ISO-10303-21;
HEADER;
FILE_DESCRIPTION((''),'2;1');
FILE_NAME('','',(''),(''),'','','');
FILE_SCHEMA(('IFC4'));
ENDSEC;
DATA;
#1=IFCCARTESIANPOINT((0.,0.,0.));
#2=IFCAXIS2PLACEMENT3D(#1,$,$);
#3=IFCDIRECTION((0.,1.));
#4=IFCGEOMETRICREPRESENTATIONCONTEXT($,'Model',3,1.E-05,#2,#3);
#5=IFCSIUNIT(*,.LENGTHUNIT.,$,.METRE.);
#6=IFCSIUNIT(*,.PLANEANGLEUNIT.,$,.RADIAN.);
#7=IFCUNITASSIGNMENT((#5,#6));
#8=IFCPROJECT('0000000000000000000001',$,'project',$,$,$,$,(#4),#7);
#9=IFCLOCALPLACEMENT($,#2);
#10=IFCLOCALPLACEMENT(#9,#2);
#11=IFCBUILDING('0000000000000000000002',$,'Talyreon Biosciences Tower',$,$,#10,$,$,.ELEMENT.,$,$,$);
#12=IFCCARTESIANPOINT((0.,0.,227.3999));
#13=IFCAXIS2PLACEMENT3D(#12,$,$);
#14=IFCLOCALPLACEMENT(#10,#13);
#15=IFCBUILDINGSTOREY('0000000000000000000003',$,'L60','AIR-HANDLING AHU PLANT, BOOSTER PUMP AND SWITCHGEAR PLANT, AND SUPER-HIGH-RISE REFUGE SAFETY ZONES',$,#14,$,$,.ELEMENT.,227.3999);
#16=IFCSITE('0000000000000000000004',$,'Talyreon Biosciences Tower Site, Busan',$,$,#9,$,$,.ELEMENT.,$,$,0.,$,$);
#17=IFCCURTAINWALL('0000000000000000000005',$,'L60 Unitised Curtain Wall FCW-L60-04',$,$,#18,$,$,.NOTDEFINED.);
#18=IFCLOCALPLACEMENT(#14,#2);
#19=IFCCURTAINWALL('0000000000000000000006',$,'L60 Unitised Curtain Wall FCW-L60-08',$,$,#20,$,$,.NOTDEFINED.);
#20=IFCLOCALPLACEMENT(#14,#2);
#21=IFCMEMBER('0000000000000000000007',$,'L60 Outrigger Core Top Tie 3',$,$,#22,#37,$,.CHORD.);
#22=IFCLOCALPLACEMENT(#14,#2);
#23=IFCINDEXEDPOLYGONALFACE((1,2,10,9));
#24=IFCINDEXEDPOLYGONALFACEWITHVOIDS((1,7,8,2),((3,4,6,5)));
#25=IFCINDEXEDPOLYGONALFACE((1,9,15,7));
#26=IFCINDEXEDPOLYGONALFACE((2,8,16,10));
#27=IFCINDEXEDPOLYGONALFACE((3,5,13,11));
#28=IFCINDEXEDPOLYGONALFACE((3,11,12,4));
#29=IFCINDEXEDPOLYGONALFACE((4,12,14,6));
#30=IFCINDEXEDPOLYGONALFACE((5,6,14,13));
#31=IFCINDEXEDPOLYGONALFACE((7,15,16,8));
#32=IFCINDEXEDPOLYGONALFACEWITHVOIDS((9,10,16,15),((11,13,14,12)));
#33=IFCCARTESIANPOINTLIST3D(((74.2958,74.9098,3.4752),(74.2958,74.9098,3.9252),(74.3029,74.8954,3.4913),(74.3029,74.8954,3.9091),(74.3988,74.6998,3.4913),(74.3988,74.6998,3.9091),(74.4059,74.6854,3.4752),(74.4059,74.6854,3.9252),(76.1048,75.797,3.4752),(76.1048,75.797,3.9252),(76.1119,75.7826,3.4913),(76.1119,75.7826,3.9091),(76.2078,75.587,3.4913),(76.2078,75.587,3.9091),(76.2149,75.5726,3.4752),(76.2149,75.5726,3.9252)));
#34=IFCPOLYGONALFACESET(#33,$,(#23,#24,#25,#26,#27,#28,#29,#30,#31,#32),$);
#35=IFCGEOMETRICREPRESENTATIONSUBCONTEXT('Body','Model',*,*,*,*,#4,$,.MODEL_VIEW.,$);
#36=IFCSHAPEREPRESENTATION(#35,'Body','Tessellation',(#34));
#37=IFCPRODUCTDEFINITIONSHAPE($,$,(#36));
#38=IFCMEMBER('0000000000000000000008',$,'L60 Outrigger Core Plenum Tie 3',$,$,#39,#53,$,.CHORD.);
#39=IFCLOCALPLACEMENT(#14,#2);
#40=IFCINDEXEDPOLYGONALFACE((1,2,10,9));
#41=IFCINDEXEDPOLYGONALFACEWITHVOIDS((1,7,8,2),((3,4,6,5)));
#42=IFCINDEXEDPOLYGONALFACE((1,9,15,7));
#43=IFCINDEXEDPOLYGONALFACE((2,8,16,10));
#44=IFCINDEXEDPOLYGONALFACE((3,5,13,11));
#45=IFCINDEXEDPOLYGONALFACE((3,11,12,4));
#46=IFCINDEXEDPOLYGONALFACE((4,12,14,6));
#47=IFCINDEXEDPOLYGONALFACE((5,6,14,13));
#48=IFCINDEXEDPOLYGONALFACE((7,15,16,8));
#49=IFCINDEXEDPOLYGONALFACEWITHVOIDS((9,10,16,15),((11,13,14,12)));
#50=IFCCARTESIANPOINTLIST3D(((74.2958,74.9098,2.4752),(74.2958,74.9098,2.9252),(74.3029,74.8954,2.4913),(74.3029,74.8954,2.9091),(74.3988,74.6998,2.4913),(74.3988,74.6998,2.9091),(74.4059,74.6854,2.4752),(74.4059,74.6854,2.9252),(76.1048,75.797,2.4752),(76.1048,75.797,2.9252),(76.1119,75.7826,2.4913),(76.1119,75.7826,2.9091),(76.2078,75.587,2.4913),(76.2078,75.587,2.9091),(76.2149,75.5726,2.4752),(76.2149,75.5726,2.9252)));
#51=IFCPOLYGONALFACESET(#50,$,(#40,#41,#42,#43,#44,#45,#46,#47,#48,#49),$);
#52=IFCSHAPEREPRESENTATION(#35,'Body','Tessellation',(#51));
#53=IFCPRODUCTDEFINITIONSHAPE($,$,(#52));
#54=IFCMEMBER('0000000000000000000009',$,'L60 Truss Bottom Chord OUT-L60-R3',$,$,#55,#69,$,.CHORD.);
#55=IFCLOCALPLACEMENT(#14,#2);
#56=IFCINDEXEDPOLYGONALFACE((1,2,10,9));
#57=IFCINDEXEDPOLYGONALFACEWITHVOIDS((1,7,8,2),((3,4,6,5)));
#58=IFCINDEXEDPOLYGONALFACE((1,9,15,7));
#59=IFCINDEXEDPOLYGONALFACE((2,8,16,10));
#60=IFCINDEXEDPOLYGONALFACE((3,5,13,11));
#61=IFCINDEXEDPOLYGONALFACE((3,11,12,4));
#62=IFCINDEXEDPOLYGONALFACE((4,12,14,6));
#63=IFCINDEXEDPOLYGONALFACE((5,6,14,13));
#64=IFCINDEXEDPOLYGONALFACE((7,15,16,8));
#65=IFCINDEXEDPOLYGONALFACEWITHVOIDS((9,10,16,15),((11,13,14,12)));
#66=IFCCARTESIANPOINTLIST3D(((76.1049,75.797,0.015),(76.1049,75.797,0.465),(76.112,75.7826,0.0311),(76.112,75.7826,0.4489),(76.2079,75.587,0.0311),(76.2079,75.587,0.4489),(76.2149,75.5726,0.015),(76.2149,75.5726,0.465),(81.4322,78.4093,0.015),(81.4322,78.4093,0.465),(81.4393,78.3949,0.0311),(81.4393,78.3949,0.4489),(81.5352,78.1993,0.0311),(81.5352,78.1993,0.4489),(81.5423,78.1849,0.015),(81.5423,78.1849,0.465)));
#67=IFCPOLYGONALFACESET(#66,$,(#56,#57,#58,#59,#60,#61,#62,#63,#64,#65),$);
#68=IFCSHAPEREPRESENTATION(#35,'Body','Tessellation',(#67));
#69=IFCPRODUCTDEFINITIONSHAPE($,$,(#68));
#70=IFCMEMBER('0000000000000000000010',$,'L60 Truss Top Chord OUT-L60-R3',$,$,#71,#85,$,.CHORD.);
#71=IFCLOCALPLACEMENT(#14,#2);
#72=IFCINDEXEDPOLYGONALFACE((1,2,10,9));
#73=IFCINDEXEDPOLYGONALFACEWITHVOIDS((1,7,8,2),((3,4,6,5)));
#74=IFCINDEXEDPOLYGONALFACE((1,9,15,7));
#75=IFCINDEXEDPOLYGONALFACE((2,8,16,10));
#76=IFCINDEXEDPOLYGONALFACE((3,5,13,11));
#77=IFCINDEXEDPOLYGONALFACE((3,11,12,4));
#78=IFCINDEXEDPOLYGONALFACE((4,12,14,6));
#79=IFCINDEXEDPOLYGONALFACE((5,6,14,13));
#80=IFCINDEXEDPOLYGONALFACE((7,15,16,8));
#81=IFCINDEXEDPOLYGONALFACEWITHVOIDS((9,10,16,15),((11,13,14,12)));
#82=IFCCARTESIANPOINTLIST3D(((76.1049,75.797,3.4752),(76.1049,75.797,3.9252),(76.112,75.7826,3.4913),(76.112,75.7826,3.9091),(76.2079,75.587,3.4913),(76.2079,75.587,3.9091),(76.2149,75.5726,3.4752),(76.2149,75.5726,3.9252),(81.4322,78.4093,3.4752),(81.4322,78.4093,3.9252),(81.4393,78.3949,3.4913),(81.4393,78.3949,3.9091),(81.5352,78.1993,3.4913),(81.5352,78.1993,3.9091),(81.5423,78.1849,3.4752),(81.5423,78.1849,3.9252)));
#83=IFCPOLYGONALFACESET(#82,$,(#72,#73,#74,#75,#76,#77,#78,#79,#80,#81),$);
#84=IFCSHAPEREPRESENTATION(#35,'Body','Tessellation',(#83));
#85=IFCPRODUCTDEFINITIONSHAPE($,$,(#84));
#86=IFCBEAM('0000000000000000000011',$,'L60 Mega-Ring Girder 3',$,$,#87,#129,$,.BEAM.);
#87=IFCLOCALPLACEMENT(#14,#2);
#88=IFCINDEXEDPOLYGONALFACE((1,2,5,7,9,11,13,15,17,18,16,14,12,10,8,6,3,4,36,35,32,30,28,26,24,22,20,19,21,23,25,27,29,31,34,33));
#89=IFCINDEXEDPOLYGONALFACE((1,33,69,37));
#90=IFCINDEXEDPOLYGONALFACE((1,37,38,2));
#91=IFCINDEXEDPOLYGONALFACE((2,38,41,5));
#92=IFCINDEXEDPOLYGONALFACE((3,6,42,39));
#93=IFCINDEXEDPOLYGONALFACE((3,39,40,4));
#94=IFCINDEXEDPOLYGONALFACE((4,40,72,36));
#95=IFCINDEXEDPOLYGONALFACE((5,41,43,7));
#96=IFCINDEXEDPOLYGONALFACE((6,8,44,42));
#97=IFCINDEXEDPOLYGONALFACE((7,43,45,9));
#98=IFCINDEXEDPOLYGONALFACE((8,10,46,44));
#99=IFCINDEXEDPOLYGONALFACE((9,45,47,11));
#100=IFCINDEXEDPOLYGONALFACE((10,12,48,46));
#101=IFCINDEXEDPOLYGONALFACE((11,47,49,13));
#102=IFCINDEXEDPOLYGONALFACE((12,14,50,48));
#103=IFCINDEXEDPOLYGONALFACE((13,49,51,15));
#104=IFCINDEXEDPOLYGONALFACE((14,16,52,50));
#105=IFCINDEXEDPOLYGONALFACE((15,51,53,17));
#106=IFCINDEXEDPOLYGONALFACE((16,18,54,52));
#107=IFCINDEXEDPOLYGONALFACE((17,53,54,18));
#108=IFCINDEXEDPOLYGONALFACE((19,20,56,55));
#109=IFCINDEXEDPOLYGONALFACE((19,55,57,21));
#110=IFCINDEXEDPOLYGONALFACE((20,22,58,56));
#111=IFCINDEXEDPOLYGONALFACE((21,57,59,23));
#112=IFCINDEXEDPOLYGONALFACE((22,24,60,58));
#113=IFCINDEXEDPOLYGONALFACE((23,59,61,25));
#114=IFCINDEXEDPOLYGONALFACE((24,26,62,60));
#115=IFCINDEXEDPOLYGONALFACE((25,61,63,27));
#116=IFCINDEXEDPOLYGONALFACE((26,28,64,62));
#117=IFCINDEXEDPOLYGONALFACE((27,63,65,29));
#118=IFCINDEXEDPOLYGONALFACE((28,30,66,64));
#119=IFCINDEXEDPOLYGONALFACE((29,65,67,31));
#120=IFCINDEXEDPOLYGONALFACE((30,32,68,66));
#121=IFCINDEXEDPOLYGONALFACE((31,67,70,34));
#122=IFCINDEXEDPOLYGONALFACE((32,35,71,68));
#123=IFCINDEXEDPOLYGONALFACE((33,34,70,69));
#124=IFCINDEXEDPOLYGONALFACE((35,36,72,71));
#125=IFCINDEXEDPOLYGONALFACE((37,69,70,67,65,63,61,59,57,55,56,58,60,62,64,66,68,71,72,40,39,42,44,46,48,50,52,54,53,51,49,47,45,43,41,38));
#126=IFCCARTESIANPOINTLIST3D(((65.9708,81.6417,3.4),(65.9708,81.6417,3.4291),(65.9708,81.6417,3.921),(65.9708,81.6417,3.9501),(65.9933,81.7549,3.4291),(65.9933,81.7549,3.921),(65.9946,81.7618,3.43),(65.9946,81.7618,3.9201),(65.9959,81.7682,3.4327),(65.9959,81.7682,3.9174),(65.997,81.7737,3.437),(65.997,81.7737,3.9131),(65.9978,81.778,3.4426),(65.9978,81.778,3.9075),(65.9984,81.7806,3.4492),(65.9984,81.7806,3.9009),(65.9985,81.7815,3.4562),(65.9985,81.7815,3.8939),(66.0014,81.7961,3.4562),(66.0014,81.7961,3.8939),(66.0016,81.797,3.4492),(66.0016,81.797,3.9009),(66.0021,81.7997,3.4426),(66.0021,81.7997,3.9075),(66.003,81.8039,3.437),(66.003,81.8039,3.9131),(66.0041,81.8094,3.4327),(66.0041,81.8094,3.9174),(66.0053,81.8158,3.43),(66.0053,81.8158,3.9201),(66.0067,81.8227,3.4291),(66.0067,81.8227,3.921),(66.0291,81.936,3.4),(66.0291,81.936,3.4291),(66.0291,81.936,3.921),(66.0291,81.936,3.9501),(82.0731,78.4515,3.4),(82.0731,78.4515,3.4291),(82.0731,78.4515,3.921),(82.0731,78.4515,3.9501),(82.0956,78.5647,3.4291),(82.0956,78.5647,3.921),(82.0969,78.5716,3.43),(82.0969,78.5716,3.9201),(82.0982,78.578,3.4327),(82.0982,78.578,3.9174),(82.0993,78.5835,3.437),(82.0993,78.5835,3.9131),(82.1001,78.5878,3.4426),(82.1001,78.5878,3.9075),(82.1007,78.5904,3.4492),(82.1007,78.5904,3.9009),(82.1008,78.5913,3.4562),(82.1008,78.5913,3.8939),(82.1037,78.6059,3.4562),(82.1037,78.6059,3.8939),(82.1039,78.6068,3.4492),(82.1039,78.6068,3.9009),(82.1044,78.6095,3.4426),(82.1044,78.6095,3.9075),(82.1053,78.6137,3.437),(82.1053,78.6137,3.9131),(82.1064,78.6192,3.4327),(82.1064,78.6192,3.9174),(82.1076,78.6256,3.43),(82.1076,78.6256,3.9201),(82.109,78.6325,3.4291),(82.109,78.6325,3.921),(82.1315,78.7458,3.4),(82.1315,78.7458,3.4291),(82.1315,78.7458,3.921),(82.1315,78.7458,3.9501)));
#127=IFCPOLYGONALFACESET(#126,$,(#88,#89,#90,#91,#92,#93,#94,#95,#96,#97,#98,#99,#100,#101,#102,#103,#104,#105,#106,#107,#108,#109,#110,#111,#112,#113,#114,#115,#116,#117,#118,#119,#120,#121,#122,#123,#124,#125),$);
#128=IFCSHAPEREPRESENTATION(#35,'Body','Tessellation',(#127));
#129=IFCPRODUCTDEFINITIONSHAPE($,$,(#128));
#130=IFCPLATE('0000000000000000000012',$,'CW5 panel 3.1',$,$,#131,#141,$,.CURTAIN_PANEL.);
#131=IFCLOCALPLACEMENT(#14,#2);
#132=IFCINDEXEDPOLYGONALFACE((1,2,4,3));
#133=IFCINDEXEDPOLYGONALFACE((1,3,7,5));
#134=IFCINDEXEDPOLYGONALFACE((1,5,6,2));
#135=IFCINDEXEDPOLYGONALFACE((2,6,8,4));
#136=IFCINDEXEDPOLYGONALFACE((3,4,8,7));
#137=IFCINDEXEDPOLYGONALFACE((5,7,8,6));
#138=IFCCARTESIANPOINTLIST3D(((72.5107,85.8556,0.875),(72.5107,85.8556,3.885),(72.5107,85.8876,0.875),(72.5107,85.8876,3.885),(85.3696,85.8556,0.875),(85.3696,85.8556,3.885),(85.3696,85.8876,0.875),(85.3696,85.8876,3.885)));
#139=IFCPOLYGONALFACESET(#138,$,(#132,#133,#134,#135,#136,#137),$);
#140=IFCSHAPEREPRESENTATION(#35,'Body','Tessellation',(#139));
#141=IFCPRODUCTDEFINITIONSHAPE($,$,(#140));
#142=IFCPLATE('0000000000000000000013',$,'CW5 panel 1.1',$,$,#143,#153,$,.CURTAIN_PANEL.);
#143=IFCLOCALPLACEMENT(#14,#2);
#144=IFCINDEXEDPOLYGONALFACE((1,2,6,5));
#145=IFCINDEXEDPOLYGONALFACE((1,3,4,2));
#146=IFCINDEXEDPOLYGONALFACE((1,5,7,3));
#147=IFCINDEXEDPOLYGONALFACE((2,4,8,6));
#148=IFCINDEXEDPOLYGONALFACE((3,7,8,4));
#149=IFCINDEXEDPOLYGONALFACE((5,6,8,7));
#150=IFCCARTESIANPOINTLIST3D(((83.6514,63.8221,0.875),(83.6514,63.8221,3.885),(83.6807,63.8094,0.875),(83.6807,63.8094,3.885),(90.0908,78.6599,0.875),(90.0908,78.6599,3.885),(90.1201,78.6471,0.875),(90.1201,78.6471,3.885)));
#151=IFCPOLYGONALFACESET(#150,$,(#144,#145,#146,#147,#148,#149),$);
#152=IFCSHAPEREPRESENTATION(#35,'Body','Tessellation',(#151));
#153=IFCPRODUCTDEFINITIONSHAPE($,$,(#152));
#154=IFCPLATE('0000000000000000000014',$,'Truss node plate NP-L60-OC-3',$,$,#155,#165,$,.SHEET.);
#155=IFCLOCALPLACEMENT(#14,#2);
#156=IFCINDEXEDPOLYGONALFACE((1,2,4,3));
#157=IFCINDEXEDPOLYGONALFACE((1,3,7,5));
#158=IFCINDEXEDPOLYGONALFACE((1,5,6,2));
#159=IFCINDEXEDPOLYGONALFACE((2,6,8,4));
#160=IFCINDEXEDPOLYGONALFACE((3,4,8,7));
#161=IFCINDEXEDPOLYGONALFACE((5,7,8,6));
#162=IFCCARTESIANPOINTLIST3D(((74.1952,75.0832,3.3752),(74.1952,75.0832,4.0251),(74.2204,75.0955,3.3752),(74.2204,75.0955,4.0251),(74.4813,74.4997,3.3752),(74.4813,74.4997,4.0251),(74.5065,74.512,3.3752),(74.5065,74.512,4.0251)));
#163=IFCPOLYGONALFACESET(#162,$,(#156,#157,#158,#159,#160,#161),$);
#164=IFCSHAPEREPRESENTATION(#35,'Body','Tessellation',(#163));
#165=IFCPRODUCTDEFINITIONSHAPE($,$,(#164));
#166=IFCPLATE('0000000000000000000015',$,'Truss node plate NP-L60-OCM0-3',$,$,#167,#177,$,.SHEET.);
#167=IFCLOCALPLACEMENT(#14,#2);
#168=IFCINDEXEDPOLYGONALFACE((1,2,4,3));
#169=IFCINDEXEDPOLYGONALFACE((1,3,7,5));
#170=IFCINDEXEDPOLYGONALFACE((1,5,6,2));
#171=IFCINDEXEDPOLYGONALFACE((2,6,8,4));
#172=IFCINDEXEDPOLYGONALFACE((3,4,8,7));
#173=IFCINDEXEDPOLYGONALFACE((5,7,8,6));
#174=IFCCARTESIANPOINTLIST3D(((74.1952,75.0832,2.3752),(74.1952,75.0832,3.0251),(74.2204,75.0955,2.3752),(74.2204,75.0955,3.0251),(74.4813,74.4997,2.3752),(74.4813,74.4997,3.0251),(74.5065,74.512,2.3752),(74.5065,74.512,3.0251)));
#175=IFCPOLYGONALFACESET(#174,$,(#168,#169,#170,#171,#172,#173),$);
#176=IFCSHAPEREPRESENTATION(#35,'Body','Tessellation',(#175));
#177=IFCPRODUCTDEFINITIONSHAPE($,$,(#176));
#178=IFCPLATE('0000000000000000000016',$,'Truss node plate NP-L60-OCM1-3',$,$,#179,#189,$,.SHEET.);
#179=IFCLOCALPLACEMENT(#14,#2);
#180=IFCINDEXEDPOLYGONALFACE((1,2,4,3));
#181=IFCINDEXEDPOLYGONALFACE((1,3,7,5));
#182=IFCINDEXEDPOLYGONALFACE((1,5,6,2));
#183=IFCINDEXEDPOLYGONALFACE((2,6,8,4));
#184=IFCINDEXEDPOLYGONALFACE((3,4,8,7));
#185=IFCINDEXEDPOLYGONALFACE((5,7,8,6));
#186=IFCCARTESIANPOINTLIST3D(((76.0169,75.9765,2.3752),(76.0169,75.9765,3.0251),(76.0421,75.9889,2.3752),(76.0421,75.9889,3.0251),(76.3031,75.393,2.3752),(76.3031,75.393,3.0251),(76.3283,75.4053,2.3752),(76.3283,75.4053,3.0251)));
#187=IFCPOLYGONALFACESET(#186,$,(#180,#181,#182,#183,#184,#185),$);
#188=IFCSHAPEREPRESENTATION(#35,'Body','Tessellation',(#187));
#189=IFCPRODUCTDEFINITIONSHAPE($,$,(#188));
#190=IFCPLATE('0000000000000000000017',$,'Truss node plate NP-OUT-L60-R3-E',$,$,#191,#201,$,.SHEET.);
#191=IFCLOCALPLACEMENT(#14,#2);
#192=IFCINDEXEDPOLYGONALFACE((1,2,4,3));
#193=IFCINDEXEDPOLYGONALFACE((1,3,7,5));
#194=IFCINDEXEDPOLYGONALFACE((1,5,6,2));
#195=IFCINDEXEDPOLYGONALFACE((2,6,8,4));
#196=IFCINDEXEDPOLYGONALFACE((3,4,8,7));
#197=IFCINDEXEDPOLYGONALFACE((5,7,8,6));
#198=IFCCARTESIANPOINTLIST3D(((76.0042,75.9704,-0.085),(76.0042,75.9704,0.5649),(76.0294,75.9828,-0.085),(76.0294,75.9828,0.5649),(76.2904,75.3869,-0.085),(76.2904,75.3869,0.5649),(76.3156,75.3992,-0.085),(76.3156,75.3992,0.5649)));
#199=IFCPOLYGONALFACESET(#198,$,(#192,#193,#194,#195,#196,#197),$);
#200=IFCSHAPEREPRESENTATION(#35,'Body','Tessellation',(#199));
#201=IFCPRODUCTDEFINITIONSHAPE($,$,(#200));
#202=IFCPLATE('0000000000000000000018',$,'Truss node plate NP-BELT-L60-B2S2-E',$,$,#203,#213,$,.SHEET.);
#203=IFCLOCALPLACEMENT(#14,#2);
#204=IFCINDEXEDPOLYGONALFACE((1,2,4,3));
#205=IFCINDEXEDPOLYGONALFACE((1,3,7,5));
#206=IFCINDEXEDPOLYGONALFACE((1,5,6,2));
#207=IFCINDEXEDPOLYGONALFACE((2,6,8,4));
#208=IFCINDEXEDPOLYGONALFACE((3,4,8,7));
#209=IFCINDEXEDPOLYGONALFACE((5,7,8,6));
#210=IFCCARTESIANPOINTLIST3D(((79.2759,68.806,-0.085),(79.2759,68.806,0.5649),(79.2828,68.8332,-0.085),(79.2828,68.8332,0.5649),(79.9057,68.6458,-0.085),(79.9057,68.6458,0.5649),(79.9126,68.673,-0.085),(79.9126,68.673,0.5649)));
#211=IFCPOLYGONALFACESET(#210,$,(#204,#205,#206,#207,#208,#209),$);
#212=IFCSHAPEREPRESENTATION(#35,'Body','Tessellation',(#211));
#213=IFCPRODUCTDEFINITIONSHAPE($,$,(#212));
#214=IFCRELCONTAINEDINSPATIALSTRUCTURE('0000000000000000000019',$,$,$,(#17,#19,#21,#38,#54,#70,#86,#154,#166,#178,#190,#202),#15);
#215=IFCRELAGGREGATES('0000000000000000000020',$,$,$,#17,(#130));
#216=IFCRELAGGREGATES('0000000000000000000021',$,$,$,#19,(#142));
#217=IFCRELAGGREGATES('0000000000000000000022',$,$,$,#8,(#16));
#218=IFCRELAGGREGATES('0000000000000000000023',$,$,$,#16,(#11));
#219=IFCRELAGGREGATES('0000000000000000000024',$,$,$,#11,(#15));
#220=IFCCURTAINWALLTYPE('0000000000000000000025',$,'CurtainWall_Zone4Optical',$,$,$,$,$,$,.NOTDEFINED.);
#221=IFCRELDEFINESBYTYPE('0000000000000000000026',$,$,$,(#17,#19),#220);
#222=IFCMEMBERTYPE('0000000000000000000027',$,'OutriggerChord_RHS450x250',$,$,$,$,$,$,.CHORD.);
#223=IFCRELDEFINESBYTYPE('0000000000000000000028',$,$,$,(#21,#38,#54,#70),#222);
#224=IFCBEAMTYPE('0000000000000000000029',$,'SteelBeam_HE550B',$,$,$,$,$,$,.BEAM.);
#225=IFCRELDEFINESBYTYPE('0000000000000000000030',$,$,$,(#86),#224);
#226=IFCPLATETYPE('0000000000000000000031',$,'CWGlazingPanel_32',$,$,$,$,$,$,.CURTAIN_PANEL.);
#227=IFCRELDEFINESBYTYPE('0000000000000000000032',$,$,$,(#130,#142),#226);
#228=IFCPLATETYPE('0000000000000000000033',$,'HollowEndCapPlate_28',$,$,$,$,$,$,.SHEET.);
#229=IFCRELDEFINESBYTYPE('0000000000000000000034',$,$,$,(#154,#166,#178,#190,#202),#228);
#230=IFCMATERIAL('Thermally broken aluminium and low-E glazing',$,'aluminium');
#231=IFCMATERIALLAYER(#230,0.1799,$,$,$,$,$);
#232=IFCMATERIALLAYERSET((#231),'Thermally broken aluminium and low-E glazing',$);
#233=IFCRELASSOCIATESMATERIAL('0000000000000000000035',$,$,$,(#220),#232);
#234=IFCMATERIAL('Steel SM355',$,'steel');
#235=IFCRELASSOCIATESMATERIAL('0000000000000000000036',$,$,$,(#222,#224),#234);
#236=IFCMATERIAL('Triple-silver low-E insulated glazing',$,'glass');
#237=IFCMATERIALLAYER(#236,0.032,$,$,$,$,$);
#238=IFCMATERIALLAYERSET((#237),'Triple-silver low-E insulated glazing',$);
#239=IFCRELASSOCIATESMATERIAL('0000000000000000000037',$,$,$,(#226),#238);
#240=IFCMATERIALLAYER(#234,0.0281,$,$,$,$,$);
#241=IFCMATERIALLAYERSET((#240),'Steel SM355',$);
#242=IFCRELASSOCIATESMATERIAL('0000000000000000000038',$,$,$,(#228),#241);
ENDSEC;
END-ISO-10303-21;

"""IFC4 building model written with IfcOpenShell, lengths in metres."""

from ifc_helpers import new_model, si_unit, direction, frame, origin, origin_2d, place, context, subcontext, project, spatial, rectangle, hollow_rectangle, i_section, extrude, material, layer, layer_set, material_profile, profile_set, type_object, element, aggregate, save


model = new_model("IFC4")

# Units and contexts
model_context = context("Model", 3, precision=1e-05, world=origin(), true_north=direction((0.0, 1.0)))
body_context = subcontext(model_context, "Body", "Model", "MODEL_VIEW")
ifc_project = project(units=[si_unit("LENGTHUNIT", "METRE"), si_unit("PLANEANGLEUNIT", "RADIAN")], contexts=[model_context])

# Site, building, storey
site_placement = place(None, origin())
site = spatial("IfcSite", under=ifc_project, at=site_placement, Name="Talyreon Biosciences Tower Site, Busan", CompositionType="ELEMENT", RefElevation=0.0)
building_placement = place(site_placement, origin())
building = spatial("IfcBuilding", under=site, at=building_placement, Name="Talyreon Biosciences Tower", CompositionType="ELEMENT")
storey_placement = place(building_placement, frame((0.0, 0.0, 227.3999)))
storey = spatial("IfcBuildingStorey", under=building, at=storey_placement, Name="L60", Description="AIR-HANDLING AHU PLANT, BOOSTER PUMP AND SWITCHGEAR PLANT, AND SUPER-HIGH-RISE REFUGE SAFETY ZONES", CompositionType="ELEMENT", Elevation=227.3999)

# Shared definitions
ifc_material_1 = material(Name="Steel SM355", Category="steel")

# Curtain wall
ifc_material_2 = material(Name="Thermally broken aluminium and low-E glazing", Category="aluminium")
ifc_layer_1 = layer(ifc_material_2, 0.1799)
ifc_layer_set_1 = layer_set([ifc_layer_1], Name="Thermally broken aluminium and low-E glazing")
curtain_wall_type = type_object("IfcCurtainWallType", Name="CurtainWall_Zone4Optical", PredefinedType="NOTDEFINED", material=ifc_layer_set_1)
curtain_wall_1_placement = place(storey_placement, origin())
curtain_wall_1 = element("IfcCurtainWall", 1, at=curtain_wall_1_placement, inside=storey, type_object=curtain_wall_type, Name="L60 Unitised Curtain Wall FCW-L60-04", PredefinedType="NOTDEFINED")

# Curtain wall
curtain_wall_2_placement = place(storey_placement, origin())
curtain_wall_2 = element("IfcCurtainWall", 2, at=curtain_wall_2_placement, inside=storey, type_object=curtain_wall_type, Name="L60 Unitised Curtain Wall FCW-L60-08", PredefinedType="NOTDEFINED")

# Members
ifc_material_profile_1 = material_profile(ifc_material_1, hollow_rectangle(XDim=0.25, YDim=0.45, WallThickness=0.0161, at=origin_2d()), Name="RHS 450x250x16")
ifc_profile_set_1 = profile_set([ifc_material_profile_1], Name="Steel SM355")
member_type_1 = type_object("IfcMemberType", Name="OutriggerChord_RHS450x250", PredefinedType="CHORD", material=ifc_profile_set_1)
for number, where, z_axis, x_axis, name in (
    (3, (74.3508, 74.7976, 3.7002), (0.897842, 0.440318, 0.0), (-0.440318, 0.897842, 0.0), "L60 Outrigger Core Top Tie 3"),
    (4, (74.3508, 74.7976, 2.7002), (0.897842, 0.440318, 0.0), (-0.440318, 0.897842, 0.0), "L60 Outrigger Core Plenum Tie 3"),
):
    element("IfcMember", number, at=place(storey_placement, frame(where, z_axis=z_axis, x_axis=x_axis)), inside=storey, type_object=member_type_1, Name=name, PredefinedType="CHORD", context=body_context, shape_type="SweptSolid", body=[
        extrude(hollow_rectangle(XDim=0.25, YDim=0.45, WallThickness=0.0161, at=origin_2d()), origin(), (0.0, 0.0, 1.0), 2.0149),
    ])
for number, where, z_axis, x_axis, name in (
    (5, (76.1599, 75.6848, 0.24), (0.897865, 0.440271, 0.0), (-0.440271, 0.897865, 0.0), "L60 Truss Bottom Chord OUT-L60-R3"),
    (6, (76.1599, 75.6848, 3.7002), (0.897865, 0.440271, 0.0), (-0.440271, 0.897865, 0.0), "L60 Truss Top Chord OUT-L60-R3"),
):
    element("IfcMember", number, at=place(storey_placement, frame(where, z_axis=z_axis, x_axis=x_axis)), inside=storey, type_object=member_type_1, Name=name, PredefinedType="CHORD", context=body_context, shape_type="SweptSolid", body=[
        extrude(hollow_rectangle(XDim=0.25, YDim=0.45, WallThickness=0.0161, at=origin_2d()), origin(), (0.0, 0.0, 1.0), 5.9333),
    ])

# Beam
ifc_material_profile_2 = material_profile(ifc_material_1, i_section(OverallWidth=0.3, OverallDepth=0.55, WebThickness=0.0149, FlangeThickness=0.0291, FilletRadius=0.0271, at=origin_2d()), Name="HE550B")
ifc_profile_set_2 = profile_set([ifc_material_profile_2], Name="Steel SM355")
beam_type_1 = type_object("IfcBeamType", Name="SteelBeam_HE550B", PredefinedType="BEAM", material=ifc_profile_set_2)
beam_1_placement = place(storey_placement, frame((82.1023, 78.5986, 3.675), z_axis=(-0.980934, 0.194343, 0.0), x_axis=(-0.194343, -0.980934, 0.0)))
element("IfcBeam", 7, at=beam_1_placement, inside=storey, type_object=beam_type_1, Name="L60 Mega-Ring Girder 3", PredefinedType="BEAM", context=body_context, shape_type="SweptSolid", body=[
    extrude(i_section(OverallWidth=0.3, OverallDepth=0.55, WebThickness=0.0149, FlangeThickness=0.0291, FilletRadius=0.0271, at=origin_2d()), origin(), (0.0, 0.0, 1.0), 16.4153),
])

# Plates
ifc_material_3 = material(Name="Triple-silver low-E insulated glazing", Category="glass")
ifc_layer_2 = layer(ifc_material_3, 0.032)
ifc_layer_set_2 = layer_set([ifc_layer_2], Name="Triple-silver low-E insulated glazing")
plate_type_1 = type_object("IfcPlateType", Name="CWGlazingPanel_32", PredefinedType="CURTAIN_PANEL", material=ifc_layer_set_2)
plate_1_placement = place(storey_placement, frame((78.9402, 85.8716, 0.875), z_axis=(0.0, 0.0, 1.0), x_axis=(1.0, 0.0, 0.0)))
plate_1 = element("IfcPlate", 8, at=plate_1_placement, type_object=plate_type_1, Name="CW5 panel 3.1", PredefinedType="CURTAIN_PANEL", context=body_context, shape_type="SweptSolid", body=[
    extrude(rectangle(XDim=12.8589, YDim=0.032, at=origin_2d()), origin(), (0.0, 0.0, 1.0), 3.01),
])
aggregate(curtain_wall_1, [plate_1])
plate_2_placement = place(storey_placement, frame((86.8857, 71.2346, 0.875), z_axis=(0.0, 0.0, 1.0), x_axis=(-0.398112, -0.917337, 0.0)))
plate_2 = element("IfcPlate", 9, at=plate_2_placement, type_object=plate_type_1, Name="CW5 panel 1.1", PredefinedType="CURTAIN_PANEL", context=body_context, shape_type="SweptSolid", body=[
    extrude(rectangle(XDim=16.1748, YDim=0.032, at=origin_2d()), origin(), (0.0, 0.0, 1.0), 3.01),
])
aggregate(curtain_wall_2, [plate_2])

# Plates
ifc_layer_3 = layer(ifc_material_1, 0.0281)
ifc_layer_set_3 = layer_set([ifc_layer_3], Name="Steel SM355")
plate_type_2 = type_object("IfcPlateType", Name="HollowEndCapPlate_28", PredefinedType="SHEET", material=ifc_layer_set_3)
for number, where, z_axis, x_axis, name in (
    (10, (74.3508, 74.7976, 3.3752), (0.0, 0.0, 1.0), (-0.440284, 0.897859, 0.0), "Truss node plate NP-L60-OC-3"),
    (11, (74.3508, 74.7976, 2.3752), (0.0, 0.0, 1.0), (-0.440284, 0.897859, 0.0), "Truss node plate NP-L60-OCM0-3"),
    (12, (76.1726, 75.6909, 2.3752), (0.0, 0.0, 1.0), (-0.440284, 0.897859, 0.0), "Truss node plate NP-L60-OCM1-3"),
    (13, (76.1599, 75.6848, -0.085), (0.0, 0.0, 1.0), (-0.440284, 0.897859, 0.0), "Truss node plate NP-OUT-L60-R3-E"),
    (14, (79.5942, 68.7395, -0.085), (0.0, 0.0, 1.0), (-0.969132, 0.246542, 0.0), "Truss node plate NP-BELT-L60-B2S2-E"),
):
    element("IfcPlate", number, at=place(storey_placement, frame(where, z_axis=z_axis, x_axis=x_axis)), inside=storey, type_object=plate_type_2, Name=name, PredefinedType="SHEET", context=body_context, shape_type="SweptSolid", body=[
        extrude(rectangle(XDim=0.6499, YDim=0.0281, at=origin_2d()), origin(), (0.0, 0.0, 1.0), 0.6499),
    ])

save(model, "model.ifc")
